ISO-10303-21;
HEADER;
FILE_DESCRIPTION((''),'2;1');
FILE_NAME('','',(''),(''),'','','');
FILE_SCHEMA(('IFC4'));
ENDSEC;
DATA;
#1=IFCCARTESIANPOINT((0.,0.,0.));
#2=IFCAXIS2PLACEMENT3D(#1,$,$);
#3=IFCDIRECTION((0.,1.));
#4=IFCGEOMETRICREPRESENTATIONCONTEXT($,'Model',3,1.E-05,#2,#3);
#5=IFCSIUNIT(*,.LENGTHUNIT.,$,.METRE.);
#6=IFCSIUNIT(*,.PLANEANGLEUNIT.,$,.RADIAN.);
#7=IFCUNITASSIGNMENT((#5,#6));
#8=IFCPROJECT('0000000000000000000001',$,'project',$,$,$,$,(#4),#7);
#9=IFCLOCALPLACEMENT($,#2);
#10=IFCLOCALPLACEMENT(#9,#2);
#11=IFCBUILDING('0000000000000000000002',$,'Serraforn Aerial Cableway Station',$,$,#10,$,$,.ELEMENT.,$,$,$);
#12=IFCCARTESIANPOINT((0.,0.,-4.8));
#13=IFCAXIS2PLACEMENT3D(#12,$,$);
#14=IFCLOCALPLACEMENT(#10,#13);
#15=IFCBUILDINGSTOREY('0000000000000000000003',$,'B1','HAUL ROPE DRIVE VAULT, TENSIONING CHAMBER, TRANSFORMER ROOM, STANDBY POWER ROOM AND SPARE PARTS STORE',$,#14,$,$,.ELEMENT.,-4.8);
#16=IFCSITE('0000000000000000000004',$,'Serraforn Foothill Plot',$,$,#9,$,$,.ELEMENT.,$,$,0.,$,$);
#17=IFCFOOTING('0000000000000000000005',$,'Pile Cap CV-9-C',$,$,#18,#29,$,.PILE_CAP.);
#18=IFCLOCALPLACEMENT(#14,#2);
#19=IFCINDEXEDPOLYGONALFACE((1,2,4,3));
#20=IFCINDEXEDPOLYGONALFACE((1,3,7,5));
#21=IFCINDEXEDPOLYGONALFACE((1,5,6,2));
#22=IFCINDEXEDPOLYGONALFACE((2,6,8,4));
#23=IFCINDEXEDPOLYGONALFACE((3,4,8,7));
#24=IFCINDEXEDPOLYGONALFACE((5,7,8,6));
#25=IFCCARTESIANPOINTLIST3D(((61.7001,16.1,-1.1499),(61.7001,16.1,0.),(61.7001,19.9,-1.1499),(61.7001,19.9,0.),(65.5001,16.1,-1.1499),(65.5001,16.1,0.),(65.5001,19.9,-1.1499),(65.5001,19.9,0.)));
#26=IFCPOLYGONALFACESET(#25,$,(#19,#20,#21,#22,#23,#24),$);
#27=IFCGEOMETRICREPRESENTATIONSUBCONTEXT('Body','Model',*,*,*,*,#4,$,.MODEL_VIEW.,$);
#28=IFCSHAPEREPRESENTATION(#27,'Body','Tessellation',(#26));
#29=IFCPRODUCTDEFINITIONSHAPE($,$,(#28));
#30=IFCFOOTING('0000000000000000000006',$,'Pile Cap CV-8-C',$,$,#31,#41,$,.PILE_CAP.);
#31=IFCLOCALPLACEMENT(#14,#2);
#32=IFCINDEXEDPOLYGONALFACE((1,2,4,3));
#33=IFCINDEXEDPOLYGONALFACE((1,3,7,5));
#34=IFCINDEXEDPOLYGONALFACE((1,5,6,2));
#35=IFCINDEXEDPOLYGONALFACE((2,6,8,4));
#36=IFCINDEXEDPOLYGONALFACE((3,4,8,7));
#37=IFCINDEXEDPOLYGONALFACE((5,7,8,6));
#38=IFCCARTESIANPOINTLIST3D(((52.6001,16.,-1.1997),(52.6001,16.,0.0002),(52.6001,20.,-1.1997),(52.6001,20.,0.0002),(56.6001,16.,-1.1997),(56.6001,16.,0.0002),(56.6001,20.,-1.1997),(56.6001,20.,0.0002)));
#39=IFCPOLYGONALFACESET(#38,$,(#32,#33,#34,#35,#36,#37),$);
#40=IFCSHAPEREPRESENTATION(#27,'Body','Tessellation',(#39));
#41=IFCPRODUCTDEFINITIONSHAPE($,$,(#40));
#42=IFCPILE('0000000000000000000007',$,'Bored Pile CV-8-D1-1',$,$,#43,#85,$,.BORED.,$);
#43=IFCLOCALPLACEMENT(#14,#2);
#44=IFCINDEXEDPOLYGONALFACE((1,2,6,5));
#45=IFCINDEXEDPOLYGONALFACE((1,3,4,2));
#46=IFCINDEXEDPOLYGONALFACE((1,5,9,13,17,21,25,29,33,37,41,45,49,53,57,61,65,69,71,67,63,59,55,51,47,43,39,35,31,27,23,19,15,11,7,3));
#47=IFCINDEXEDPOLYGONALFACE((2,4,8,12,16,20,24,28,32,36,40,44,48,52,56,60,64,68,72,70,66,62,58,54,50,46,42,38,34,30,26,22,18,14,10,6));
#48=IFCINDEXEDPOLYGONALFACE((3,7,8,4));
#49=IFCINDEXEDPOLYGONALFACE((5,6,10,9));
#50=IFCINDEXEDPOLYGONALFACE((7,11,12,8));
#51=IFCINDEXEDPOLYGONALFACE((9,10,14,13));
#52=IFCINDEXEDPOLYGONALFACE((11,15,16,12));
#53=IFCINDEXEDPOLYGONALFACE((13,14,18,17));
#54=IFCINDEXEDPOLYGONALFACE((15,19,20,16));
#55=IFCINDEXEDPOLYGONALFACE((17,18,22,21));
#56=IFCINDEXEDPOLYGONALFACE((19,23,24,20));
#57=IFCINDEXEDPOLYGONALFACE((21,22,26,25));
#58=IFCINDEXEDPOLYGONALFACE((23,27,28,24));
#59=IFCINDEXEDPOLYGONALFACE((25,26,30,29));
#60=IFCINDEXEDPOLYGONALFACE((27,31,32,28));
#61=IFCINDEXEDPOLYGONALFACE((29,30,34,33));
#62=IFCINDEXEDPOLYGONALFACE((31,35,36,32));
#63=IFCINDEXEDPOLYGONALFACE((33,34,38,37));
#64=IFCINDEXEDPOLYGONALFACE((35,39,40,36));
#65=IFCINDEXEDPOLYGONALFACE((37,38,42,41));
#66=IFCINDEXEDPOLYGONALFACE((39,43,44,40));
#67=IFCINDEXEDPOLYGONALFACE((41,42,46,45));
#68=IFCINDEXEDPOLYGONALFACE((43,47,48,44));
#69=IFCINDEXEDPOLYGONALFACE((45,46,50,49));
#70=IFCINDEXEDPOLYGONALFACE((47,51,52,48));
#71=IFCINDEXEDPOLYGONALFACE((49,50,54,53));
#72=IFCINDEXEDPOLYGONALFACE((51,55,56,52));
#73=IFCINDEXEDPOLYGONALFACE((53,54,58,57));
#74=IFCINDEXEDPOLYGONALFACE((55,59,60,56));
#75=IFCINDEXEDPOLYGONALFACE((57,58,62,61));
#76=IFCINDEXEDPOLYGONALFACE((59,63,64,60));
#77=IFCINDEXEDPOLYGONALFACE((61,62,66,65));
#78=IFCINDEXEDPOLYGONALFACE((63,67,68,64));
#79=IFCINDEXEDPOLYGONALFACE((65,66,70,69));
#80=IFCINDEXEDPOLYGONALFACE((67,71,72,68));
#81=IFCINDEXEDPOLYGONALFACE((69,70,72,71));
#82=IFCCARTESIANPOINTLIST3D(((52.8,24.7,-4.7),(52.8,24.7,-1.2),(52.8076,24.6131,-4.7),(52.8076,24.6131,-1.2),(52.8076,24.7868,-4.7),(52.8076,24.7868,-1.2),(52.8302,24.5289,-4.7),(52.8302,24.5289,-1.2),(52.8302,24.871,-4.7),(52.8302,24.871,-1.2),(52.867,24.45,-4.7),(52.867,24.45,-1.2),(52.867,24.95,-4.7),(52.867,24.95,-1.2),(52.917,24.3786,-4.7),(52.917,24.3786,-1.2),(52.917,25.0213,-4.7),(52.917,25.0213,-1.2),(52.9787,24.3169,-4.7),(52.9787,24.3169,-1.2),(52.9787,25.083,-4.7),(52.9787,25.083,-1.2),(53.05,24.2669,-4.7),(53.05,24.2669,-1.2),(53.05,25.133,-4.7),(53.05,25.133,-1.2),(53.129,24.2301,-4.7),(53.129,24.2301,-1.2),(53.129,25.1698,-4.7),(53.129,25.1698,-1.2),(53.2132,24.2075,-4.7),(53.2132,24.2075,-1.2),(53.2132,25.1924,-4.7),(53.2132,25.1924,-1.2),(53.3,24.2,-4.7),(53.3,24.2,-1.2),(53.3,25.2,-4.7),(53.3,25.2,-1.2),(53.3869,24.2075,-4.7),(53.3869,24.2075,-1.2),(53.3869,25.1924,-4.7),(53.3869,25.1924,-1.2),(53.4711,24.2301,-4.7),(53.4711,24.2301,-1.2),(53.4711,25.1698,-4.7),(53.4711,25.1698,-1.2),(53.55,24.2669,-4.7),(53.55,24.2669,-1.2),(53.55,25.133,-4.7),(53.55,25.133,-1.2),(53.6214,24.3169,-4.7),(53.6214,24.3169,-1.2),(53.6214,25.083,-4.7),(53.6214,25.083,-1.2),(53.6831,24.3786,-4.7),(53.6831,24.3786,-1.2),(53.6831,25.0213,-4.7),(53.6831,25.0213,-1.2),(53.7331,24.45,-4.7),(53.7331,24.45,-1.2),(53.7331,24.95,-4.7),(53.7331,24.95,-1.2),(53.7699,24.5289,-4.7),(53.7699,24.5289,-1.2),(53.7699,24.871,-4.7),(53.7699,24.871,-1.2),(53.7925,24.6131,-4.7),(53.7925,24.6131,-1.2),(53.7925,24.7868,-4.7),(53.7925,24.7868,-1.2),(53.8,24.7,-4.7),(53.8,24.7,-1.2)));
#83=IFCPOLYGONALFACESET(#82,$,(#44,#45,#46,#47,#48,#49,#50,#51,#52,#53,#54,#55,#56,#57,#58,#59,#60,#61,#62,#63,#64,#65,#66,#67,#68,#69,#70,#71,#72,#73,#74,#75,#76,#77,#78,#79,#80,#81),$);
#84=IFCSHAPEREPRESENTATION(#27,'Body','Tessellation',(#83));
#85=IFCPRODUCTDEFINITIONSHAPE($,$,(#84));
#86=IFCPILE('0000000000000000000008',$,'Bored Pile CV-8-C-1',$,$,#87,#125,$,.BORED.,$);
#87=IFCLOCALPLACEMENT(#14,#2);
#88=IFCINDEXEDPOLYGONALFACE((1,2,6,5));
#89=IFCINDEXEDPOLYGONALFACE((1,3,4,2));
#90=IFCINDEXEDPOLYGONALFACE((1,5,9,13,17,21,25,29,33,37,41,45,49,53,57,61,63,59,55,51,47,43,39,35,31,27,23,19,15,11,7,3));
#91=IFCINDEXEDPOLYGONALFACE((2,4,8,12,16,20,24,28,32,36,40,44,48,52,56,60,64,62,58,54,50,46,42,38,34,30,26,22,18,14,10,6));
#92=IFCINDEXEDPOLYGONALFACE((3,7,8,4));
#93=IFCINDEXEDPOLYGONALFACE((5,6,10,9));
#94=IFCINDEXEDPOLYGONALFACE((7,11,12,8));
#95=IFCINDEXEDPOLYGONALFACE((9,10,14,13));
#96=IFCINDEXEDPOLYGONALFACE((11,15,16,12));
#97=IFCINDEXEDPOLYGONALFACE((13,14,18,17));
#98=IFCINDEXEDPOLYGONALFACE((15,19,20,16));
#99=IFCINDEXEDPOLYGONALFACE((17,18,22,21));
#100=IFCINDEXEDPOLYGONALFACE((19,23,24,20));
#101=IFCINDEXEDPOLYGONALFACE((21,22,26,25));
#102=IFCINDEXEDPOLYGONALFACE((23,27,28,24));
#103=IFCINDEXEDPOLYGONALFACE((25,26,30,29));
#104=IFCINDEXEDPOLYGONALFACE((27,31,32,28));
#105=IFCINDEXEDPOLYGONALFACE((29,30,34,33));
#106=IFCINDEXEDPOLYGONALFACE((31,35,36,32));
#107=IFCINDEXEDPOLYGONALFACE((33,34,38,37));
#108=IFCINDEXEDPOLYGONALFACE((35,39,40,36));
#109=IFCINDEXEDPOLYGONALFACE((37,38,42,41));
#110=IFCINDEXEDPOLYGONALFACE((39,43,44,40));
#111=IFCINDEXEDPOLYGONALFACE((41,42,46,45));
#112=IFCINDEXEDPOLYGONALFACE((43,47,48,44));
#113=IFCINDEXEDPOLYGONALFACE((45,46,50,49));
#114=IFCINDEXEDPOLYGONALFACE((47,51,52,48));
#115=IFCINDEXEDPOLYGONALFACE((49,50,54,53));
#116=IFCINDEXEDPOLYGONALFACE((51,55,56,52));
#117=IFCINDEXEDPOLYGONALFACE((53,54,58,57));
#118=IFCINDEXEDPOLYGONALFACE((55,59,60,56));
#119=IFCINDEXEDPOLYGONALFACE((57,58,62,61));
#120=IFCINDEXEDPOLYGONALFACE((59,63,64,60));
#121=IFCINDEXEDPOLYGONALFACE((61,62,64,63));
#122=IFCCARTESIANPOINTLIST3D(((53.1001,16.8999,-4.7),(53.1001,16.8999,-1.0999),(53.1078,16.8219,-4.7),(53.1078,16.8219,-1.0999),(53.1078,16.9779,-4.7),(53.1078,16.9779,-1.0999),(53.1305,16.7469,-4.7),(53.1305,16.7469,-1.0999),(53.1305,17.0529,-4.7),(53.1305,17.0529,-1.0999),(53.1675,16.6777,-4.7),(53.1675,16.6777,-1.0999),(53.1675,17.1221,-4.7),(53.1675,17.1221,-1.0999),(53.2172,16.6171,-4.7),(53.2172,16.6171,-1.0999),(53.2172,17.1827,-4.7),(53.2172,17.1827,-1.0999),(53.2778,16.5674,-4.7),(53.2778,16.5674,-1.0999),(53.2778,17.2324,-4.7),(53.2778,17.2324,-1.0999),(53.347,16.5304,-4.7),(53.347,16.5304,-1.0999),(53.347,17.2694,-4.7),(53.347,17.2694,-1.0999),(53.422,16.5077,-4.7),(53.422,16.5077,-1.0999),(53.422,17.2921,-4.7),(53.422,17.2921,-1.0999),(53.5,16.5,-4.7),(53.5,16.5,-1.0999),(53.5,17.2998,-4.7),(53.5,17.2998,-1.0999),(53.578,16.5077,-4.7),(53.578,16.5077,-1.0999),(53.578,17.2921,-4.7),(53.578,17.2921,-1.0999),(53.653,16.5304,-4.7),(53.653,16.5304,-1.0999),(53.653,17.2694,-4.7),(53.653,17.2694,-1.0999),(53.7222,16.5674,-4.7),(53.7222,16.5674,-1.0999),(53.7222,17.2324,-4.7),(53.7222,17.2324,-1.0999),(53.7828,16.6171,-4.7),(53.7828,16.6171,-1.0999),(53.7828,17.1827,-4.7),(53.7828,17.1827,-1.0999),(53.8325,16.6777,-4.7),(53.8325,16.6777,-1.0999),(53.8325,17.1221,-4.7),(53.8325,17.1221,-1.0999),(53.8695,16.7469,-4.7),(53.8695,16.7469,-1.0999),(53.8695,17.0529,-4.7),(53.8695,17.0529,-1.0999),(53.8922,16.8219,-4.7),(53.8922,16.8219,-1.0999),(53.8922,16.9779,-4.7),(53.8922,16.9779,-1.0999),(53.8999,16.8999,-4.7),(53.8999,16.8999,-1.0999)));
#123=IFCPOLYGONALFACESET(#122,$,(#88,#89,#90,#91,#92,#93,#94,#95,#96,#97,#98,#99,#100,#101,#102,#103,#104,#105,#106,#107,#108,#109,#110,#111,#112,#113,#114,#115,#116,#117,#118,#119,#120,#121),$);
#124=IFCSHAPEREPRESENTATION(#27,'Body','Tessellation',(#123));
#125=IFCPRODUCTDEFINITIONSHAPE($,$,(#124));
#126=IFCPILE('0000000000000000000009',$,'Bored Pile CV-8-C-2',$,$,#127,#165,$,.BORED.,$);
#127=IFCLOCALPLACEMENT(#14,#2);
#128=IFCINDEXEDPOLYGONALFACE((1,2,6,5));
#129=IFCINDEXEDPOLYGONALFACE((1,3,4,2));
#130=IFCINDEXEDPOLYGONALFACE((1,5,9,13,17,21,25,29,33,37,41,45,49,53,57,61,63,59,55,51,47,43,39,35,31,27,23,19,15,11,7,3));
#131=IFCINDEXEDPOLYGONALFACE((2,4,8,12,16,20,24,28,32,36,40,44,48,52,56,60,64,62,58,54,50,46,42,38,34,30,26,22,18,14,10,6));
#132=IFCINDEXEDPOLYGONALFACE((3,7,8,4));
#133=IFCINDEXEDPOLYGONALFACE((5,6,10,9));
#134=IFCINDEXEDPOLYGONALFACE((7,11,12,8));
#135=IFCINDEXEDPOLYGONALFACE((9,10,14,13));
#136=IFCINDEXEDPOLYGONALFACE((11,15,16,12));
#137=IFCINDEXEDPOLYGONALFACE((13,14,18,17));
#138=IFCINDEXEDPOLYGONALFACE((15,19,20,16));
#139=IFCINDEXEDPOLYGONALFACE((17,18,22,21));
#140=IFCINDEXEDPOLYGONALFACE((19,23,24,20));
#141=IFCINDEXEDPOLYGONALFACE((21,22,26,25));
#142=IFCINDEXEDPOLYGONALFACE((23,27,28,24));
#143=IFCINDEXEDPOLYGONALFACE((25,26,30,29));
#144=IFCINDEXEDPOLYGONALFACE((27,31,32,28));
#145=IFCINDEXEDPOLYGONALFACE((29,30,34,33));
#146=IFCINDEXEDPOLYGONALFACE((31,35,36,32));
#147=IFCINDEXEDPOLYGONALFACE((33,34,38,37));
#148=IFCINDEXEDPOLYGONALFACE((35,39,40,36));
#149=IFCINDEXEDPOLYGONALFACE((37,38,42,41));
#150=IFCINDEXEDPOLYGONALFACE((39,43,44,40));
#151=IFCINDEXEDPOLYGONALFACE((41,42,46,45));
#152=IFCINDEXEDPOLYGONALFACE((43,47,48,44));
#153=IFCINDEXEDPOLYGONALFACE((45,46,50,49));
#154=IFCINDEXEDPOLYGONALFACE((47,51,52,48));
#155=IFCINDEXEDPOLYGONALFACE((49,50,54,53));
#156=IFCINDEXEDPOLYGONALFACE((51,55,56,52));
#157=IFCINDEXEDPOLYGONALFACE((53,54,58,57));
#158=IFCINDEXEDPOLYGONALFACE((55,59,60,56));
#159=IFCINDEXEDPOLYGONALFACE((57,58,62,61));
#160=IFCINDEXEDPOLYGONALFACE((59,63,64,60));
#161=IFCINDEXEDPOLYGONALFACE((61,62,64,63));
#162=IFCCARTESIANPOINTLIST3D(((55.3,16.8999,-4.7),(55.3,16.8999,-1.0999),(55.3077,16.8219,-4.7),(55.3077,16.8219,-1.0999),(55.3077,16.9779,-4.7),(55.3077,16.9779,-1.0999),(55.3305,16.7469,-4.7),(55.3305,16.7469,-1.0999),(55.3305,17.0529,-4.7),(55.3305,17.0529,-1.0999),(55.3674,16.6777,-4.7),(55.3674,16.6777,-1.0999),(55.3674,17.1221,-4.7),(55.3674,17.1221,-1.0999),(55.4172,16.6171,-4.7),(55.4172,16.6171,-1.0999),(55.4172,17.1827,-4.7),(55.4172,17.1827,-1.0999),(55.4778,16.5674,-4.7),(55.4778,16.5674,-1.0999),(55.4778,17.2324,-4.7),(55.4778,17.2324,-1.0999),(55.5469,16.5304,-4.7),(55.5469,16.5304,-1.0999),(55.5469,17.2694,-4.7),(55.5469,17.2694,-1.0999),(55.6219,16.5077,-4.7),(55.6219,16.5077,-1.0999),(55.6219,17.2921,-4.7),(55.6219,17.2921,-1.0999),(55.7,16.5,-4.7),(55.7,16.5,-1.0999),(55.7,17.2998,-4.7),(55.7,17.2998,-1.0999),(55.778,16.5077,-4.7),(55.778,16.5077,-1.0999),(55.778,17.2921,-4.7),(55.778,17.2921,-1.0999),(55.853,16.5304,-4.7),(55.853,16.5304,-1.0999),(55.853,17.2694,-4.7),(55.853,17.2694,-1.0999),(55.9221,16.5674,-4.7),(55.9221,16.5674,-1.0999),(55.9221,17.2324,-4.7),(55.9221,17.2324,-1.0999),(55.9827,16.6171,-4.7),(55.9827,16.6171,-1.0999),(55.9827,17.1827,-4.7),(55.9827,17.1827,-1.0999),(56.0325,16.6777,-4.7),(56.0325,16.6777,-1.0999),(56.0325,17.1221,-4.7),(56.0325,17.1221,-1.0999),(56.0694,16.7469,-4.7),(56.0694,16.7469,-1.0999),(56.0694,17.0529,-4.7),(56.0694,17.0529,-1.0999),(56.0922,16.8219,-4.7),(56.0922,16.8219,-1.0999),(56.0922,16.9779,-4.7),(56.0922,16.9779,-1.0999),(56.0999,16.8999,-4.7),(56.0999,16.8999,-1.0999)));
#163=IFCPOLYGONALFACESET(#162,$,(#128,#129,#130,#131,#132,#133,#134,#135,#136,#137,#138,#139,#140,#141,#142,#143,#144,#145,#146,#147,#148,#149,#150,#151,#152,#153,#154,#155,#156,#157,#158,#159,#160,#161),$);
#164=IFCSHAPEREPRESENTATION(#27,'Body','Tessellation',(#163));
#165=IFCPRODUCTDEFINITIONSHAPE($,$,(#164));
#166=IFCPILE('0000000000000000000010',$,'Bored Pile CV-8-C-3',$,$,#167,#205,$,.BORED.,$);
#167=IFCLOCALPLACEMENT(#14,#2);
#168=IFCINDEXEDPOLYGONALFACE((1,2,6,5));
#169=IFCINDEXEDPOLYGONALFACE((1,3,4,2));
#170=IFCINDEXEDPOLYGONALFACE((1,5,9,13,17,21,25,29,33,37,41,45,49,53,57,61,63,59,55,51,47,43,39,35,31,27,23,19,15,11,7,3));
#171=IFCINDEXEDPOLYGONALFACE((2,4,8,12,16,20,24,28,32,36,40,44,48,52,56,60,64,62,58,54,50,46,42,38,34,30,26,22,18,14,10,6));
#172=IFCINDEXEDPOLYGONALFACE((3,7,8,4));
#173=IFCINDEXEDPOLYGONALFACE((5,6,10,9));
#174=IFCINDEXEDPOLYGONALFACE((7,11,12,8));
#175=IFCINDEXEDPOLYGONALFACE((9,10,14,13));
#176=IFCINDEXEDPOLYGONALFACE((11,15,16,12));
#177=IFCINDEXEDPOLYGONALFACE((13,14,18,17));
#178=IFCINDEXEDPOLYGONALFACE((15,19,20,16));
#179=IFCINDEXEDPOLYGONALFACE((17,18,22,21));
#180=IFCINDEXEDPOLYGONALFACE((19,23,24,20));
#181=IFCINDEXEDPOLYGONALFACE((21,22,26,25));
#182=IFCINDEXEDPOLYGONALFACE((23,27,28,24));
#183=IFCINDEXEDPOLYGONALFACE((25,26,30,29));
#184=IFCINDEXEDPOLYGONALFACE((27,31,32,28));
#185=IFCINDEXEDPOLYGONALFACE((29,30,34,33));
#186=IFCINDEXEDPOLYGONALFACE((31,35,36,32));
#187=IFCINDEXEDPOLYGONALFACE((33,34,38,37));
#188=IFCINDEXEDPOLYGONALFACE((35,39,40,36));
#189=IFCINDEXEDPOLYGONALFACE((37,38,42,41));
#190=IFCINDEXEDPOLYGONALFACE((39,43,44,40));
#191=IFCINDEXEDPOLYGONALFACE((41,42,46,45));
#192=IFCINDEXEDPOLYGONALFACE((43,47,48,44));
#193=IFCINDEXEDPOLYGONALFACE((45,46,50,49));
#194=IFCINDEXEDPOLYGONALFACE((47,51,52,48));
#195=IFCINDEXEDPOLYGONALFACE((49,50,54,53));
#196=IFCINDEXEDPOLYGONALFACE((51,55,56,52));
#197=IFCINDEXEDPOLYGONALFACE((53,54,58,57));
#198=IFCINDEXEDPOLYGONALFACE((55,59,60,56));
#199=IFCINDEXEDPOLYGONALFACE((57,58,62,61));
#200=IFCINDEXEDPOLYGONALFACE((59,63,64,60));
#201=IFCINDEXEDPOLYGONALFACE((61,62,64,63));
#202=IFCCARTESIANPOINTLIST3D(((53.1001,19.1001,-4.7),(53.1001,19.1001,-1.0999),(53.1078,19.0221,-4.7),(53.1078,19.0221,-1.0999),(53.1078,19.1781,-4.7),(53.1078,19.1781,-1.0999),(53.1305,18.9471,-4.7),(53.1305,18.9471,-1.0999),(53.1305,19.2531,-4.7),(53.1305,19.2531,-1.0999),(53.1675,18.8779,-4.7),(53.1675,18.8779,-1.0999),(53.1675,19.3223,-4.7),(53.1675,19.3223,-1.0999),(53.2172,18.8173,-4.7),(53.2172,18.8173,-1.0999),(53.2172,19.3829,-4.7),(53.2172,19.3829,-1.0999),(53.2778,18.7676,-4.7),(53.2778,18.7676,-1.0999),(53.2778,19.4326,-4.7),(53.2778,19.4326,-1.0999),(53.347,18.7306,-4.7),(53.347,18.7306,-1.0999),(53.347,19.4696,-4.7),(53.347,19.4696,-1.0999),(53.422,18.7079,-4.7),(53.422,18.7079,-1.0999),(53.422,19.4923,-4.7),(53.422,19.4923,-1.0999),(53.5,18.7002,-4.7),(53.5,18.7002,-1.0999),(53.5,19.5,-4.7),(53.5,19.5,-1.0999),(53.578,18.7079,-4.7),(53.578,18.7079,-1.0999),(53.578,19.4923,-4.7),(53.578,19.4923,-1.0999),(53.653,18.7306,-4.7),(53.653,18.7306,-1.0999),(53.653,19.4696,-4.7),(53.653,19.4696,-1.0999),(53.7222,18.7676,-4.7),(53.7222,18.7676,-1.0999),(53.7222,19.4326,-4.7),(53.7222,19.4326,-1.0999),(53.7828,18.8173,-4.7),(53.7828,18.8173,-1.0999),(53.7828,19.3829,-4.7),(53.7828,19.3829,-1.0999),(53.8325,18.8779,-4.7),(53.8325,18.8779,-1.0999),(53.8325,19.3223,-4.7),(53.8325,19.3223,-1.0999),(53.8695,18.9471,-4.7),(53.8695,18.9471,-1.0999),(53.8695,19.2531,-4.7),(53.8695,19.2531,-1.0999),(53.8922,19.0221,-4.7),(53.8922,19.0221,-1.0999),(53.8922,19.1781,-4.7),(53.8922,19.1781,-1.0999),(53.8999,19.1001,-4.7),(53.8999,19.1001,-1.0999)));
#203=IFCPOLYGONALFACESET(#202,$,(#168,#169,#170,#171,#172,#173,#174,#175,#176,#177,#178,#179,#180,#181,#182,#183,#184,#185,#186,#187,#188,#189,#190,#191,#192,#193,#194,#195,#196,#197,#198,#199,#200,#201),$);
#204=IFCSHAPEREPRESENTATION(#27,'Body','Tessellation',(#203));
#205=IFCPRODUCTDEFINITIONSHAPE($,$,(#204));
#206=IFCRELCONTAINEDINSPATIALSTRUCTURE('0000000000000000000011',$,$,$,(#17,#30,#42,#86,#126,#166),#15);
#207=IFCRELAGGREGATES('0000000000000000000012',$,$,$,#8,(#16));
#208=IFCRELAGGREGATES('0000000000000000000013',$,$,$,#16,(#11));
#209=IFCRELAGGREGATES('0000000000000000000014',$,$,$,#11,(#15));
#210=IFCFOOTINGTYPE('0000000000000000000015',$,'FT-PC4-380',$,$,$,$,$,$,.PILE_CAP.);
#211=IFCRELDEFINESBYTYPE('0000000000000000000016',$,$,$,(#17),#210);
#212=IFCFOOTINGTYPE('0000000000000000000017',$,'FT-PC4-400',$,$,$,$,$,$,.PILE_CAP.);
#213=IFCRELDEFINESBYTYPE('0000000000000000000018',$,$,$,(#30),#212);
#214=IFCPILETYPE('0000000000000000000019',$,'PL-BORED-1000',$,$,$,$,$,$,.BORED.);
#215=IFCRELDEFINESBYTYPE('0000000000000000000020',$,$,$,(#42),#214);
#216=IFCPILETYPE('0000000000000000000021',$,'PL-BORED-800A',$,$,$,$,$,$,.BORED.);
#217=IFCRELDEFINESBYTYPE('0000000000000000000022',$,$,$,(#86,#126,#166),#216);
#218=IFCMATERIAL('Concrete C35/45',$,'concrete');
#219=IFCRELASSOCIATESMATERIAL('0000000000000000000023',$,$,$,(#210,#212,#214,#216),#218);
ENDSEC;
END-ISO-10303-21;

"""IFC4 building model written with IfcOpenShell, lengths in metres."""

from ifc_helpers import new_model, si_unit, direction, frame, origin, origin_2d, place, context, subcontext, project, spatial, rectangle, circle, extrude, material, material_profile, profile_set, type_object, element, save


model = new_model("IFC4")

# Units and contexts
model_context = context("Model", 3, precision=1e-05, world=origin(), true_north=direction((0.0, 1.0)))
body_context = subcontext(model_context, "Body", "Model", "MODEL_VIEW")
ifc_project = project(units=[si_unit("LENGTHUNIT", "METRE"), si_unit("PLANEANGLEUNIT", "RADIAN")], contexts=[model_context])

# Site, building, storey
site_placement = place(None, origin())
site = spatial("IfcSite", under=ifc_project, at=site_placement, Name="Serraforn Foothill Plot", CompositionType="ELEMENT", RefElevation=0.0)
building_placement = place(site_placement, origin())
building = spatial("IfcBuilding", under=site, at=building_placement, Name="Serraforn Aerial Cableway Station", CompositionType="ELEMENT")
storey_placement = place(building_placement, frame((0.0, 0.0, -4.8)))
storey = spatial("IfcBuildingStorey", under=building, at=storey_placement, Name="B1", Description="HAUL ROPE DRIVE VAULT, TENSIONING CHAMBER, TRANSFORMER ROOM, STANDBY POWER ROOM AND SPARE PARTS STORE", CompositionType="ELEMENT", Elevation=-4.8)

# Footings
ifc_material_1 = material(Name="Concrete C35/45", Category="concrete")
footing_type_1 = type_object("IfcFootingType", Name="FT-PC4-380", PredefinedType="PILE_CAP", material=ifc_material_1)
footing_1_placement = place(storey_placement, frame((63.6001, 18.0, -1.1499), z_axis=(0.0, 0.0, 1.0), x_axis=(1.0, 0.0, 0.0)))
element("IfcFooting", 1, at=footing_1_placement, inside=storey, type_object=footing_type_1, Name="Pile Cap CV-9-C", PredefinedType="PILE_CAP", context=body_context, shape_type="SweptSolid", body=[
    extrude(rectangle(XDim=3.8, YDim=3.8, at=origin_2d()), origin(), (0.0, 0.0, 1.0), 1.1499),
])
footing_type_2 = type_object("IfcFootingType", Name="FT-PC4-400", PredefinedType="PILE_CAP", material=ifc_material_1)
footing_2_placement = place(storey_placement, frame((54.6001, 18.0, -1.1997), z_axis=(0.0, 0.0, 1.0), x_axis=(1.0, 0.0, 0.0)))
element("IfcFooting", 2, at=footing_2_placement, inside=storey, type_object=footing_type_2, Name="Pile Cap CV-8-C", PredefinedType="PILE_CAP", context=body_context, shape_type="SweptSolid", body=[
    extrude(rectangle(XDim=4.0, YDim=4.0, at=origin_2d()), origin(), (0.0, 0.0, 1.0), 1.2),
])

# Piles
ifc_material_profile_1 = material_profile(ifc_material_1, circle(Radius=0.5, at=origin_2d()), Name="BORED PILE D1000")
ifc_profile_set_1 = profile_set([ifc_material_profile_1], Name="Concrete C35/45")
pile_type_1 = type_object("IfcPileType", Name="PL-BORED-1000", PredefinedType="BORED", material=ifc_profile_set_1)
pile_placement = place(storey_placement, frame((53.3, 24.7, -1.2), z_axis=(0.0, 0.0, -1.0), x_axis=(1.0, 0.0, 0.0)))
element("IfcPile", 3, at=pile_placement, inside=storey, type_object=pile_type_1, Name="Bored Pile CV-8-D1-1", PredefinedType="BORED", context=body_context, shape_type="SweptSolid", body=[
    extrude(circle(Radius=0.5, at=origin_2d()), origin(), (0.0, 0.0, 1.0), 3.5),
])
ifc_material_profile_2 = material_profile(ifc_material_1, circle(Radius=0.3999, at=origin_2d()), Name="BORED PILE D800")
ifc_profile_set_2 = profile_set([ifc_material_profile_2], Name="Concrete C35/45")
pile_type_2 = type_object("IfcPileType", Name="PL-BORED-800A", PredefinedType="BORED", material=ifc_profile_set_2)
for number, where, z_axis, x_axis, name in (
    (4, (53.5, 16.8999, -1.0999), (0.0, 0.0, -1.0), (1.0, 0.0, 0.0), "Bored Pile CV-8-C-1"),
    (5, (55.7, 16.8999, -1.0999), (0.0, 0.0, -1.0), (1.0, 0.0, 0.0), "Bored Pile CV-8-C-2"),
    (6, (53.5, 19.1001, -1.0999), (0.0, 0.0, -1.0), (1.0, 0.0, 0.0), "Bored Pile CV-8-C-3"),
):
    element("IfcPile", number, at=place(storey_placement, frame(where, z_axis=z_axis, x_axis=x_axis)), inside=storey, type_object=pile_type_2, Name=name, PredefinedType="BORED", context=body_context, shape_type="SweptSolid", body=[
        extrude(circle(Radius=0.3999, at=origin_2d()), origin(), (0.0, 0.0, 1.0), 3.6001),
    ])

save(model, "model.ifc")
